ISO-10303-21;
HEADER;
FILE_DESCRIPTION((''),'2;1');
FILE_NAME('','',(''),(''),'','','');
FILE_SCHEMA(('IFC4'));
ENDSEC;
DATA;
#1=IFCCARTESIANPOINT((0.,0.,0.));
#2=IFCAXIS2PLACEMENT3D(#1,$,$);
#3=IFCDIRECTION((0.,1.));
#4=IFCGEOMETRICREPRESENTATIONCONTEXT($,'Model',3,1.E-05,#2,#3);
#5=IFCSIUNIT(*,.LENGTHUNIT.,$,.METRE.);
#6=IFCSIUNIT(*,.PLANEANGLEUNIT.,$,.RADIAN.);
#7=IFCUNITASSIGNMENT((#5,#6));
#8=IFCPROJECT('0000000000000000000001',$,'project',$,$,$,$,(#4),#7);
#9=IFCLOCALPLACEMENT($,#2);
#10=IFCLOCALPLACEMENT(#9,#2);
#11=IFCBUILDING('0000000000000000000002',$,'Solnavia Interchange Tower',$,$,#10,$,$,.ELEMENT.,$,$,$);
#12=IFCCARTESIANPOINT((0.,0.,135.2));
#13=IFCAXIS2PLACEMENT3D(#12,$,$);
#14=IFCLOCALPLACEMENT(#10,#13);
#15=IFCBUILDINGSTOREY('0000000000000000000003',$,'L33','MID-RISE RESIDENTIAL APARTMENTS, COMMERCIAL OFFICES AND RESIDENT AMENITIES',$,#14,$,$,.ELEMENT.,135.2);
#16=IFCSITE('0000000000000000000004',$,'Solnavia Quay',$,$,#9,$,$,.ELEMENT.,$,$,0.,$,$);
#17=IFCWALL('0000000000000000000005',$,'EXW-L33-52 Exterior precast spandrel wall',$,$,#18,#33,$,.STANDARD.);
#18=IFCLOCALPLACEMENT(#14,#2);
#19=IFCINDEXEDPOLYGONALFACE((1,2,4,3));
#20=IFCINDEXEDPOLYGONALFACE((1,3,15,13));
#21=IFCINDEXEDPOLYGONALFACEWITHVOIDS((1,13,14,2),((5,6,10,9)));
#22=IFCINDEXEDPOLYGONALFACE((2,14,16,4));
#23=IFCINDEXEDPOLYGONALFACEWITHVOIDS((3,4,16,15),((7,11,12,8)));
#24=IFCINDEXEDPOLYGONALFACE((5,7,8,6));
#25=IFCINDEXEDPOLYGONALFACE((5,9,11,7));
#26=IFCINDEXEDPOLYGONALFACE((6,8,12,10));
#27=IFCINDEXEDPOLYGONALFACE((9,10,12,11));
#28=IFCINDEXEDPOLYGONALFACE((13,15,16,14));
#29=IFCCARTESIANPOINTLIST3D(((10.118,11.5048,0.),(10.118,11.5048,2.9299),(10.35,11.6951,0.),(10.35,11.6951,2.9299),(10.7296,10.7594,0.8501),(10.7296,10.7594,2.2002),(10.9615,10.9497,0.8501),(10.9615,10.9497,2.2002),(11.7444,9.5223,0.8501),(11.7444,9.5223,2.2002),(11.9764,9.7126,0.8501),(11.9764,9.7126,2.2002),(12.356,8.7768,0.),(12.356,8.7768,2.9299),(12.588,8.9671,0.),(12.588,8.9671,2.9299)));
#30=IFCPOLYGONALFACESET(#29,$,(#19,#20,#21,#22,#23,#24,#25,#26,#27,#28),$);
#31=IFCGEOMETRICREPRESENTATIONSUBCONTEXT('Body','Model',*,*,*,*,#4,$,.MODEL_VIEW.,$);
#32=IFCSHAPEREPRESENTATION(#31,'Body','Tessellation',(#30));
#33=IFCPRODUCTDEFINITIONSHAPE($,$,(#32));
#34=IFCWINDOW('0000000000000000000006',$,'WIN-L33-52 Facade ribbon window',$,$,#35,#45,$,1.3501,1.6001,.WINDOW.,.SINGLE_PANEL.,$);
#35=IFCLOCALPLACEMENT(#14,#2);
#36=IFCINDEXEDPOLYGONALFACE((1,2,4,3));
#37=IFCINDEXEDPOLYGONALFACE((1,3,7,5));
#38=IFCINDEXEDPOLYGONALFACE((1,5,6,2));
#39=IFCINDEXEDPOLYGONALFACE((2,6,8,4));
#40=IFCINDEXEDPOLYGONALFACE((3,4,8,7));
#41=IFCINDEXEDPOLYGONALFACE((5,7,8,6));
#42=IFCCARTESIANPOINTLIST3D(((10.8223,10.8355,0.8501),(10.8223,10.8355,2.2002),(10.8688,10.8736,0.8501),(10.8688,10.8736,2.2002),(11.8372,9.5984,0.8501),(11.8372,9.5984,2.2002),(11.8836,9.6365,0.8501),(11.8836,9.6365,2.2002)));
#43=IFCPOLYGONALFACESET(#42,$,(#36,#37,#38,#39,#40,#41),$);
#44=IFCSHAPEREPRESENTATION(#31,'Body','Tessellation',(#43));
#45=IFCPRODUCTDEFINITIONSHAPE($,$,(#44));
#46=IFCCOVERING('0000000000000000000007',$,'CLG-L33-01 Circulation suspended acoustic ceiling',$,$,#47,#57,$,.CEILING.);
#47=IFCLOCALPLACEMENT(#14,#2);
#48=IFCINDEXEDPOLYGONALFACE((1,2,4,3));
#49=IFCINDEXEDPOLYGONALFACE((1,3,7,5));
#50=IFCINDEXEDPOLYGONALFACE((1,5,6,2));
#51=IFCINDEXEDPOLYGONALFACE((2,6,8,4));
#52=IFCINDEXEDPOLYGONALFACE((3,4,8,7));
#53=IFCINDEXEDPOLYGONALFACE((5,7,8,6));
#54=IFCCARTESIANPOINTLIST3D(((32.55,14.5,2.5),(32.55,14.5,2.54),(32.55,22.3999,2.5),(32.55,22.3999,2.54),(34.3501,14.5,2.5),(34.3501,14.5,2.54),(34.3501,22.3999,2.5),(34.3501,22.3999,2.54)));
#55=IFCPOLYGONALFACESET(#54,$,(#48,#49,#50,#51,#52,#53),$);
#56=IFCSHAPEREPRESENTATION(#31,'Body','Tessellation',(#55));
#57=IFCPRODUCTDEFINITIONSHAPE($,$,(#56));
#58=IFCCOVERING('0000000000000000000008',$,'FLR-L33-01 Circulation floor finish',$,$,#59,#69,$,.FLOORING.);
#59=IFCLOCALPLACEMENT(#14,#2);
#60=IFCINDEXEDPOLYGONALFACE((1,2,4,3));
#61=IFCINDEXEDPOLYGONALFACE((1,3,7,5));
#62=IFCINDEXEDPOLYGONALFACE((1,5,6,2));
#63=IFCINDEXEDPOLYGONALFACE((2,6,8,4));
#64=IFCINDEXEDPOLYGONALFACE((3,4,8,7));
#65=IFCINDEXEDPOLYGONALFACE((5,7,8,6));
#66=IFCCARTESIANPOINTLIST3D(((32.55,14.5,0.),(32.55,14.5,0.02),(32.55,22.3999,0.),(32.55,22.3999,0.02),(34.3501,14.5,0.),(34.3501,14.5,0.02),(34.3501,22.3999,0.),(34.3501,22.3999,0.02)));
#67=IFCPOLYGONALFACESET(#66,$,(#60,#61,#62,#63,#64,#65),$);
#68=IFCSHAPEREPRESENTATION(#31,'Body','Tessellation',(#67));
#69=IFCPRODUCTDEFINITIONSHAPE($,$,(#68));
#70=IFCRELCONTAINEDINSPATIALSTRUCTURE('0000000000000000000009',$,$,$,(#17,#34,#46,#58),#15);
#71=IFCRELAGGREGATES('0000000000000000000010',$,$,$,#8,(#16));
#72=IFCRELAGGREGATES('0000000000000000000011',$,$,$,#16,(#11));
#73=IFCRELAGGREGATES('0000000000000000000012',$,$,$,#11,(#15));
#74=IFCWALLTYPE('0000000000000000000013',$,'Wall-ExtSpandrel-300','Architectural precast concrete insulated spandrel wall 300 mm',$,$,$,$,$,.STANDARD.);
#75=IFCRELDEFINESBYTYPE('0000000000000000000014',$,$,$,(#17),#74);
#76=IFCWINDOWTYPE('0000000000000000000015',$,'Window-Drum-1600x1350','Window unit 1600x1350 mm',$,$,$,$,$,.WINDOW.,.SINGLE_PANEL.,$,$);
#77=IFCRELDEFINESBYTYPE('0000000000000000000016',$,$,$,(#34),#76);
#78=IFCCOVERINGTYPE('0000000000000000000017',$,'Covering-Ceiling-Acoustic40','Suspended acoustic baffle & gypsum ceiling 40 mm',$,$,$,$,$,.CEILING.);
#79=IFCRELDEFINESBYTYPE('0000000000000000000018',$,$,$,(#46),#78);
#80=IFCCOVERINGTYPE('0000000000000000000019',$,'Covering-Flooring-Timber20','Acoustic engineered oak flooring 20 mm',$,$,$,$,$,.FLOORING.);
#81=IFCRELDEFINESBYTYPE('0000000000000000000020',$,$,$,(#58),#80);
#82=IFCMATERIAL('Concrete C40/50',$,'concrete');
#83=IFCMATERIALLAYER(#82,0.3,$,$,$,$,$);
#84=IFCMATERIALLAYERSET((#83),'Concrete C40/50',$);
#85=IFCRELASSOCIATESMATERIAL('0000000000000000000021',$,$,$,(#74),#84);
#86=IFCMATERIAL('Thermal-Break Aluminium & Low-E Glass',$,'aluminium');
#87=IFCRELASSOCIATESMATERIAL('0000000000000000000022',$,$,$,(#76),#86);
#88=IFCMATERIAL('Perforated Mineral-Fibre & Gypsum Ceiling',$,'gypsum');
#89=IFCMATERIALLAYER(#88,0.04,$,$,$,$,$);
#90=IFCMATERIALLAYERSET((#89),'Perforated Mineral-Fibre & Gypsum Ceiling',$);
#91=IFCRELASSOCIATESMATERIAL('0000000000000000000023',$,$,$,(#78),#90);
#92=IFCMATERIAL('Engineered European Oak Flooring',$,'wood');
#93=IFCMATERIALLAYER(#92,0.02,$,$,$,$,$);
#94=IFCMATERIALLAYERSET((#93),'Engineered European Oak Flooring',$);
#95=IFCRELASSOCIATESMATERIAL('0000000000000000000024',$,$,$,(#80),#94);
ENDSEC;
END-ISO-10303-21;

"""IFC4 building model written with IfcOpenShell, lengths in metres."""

from ifc_helpers import new_model, si_unit, direction, frame, frame_2d, origin, place, context, subcontext, project, spatial, polyline, rectangle, outline, extrude, material, layer, layer_set, type_object, element, fill, save


model = new_model("IFC4")

# Units and contexts
model_context = context("Model", 3, precision=1e-05, world=origin(), true_north=direction((0.0, 1.0)))
body_context = subcontext(model_context, "Body", "Model", "MODEL_VIEW")
ifc_project = project(units=[si_unit("LENGTHUNIT", "METRE"), si_unit("PLANEANGLEUNIT", "RADIAN")], contexts=[model_context])

# Site, building, storey
site_placement = place(None, origin())
site = spatial("IfcSite", under=ifc_project, at=site_placement, Name="Solnavia Quay", CompositionType="ELEMENT", RefElevation=0.0)
building_placement = place(site_placement, origin())
building = spatial("IfcBuilding", under=site, at=building_placement, Name="Solnavia Interchange Tower", CompositionType="ELEMENT")
storey_placement = place(building_placement, frame((0.0, 0.0, 135.2)))
storey = spatial("IfcBuildingStorey", under=building, at=storey_placement, Name="L33", Description="MID-RISE RESIDENTIAL APARTMENTS, COMMERCIAL OFFICES AND RESIDENT AMENITIES", CompositionType="ELEMENT", Elevation=135.2)

# Shared definitions
ifc_material_1 = material(Name="Concrete C40/50", Category="concrete")

# Wall, opening, window
ifc_layer_1 = layer(ifc_material_1, 0.3)
ifc_layer_set_1 = layer_set([ifc_layer_1], Name="Concrete C40/50")
wall_type_1 = type_object("IfcWallType", Name="Wall-ExtSpandrel-300", Description="Architectural precast concrete insulated spandrel wall 300 mm", PredefinedType="STANDARD", material=ifc_layer_set_1)
wall_1_placement = place(storey_placement, frame((12.4719, 8.8721, 0.0), z_axis=(0.0, 0.0, 1.0), x_axis=(-0.634258, 0.773121, 0.0)))
wall_1 = element("IfcWall", 1, at=wall_1_placement, inside=storey, type_object=wall_type_1, Name="EXW-L33-52 Exterior precast spandrel wall", PredefinedType="STANDARD", context=body_context, shape_type="SweptSolid", body=[
    extrude(rectangle(XDim=3.5286, YDim=0.3, at=frame_2d((1.7642, 0.0))), origin(), (0.0, 0.0, 1.0), 2.9299),
])
opening_1_placement = place(wall_1_placement, frame((0.9641, 0.0, 0.8501)))
opening_1 = element("IfcOpeningElement", 2, at=opening_1_placement, cuts=wall_1, PredefinedType="OPENING", context=body_context, shape_type="SweptSolid", body=[
    extrude(rectangle(XDim=1.6001, YDim=1.3501, at=frame_2d((0.8, 0.675))), frame((0.0, 0.1602, 0.0), z_axis=(0.0, -1.0, 0.0), x_axis=(1.0, 0.0, 0.0)), (0.0, 0.0, 1.0), 0.3201),
])
ifc_material_2 = material(Name="Thermal-Break Aluminium & Low-E Glass", Category="aluminium")
window_type = type_object("IfcWindowType", Name="Window-Drum-1600x1350", Description="Window unit 1600x1350 mm", PartitioningType="SINGLE_PANEL", PredefinedType="WINDOW", material=ifc_material_2)
window_placement = place(opening_1_placement, origin())
window = element("IfcWindow", 3, at=window_placement, inside=storey, type_object=window_type, Name="WIN-L33-52 Facade ribbon window", OverallHeight=1.3501, OverallWidth=1.6001, PartitioningType="SINGLE_PANEL", PredefinedType="WINDOW", context=body_context, shape_type="SweptSolid", body=[
    extrude(rectangle(XDim=1.6001, YDim=1.3501, at=frame_2d((0.8, 0.675))), frame((0.0, 0.03, 0.0), z_axis=(0.0, -1.0, 0.0), x_axis=(1.0, 0.0, 0.0)), (0.0, 0.0, 1.0), 0.0601),
])
fill(opening_1, window)

# Coverings
ifc_material_3 = material(Name="Perforated Mineral-Fibre & Gypsum Ceiling", Category="gypsum")
ifc_layer_2 = layer(ifc_material_3, 0.04)
ifc_layer_set_2 = layer_set([ifc_layer_2], Name="Perforated Mineral-Fibre & Gypsum Ceiling")
covering_type_1 = type_object("IfcCoveringType", Name="Covering-Ceiling-Acoustic40", Description="Suspended acoustic baffle & gypsum ceiling 40 mm", PredefinedType="CEILING", material=ifc_layer_set_2)
covering_1_placement = place(storey_placement, frame((0.0, 0.0, 2.5)))
element("IfcCovering", 4, at=covering_1_placement, inside=storey, type_object=covering_type_1, Name="CLG-L33-01 Circulation suspended acoustic ceiling", PredefinedType="CEILING", context=body_context, shape_type="SweptSolid", body=[
    extrude(outline(polyline([(32.55, 14.5), (34.3501, 14.5), (34.3501, 22.3999), (32.55, 22.3999), (32.55, 14.5)])), origin(), (0.0, 0.0, 1.0), 0.04),
])
ifc_material_4 = material(Name="Engineered European Oak Flooring", Category="wood")
ifc_layer_3 = layer(ifc_material_4, 0.02)
ifc_layer_set_3 = layer_set([ifc_layer_3], Name="Engineered European Oak Flooring")
covering_type_2 = type_object("IfcCoveringType", Name="Covering-Flooring-Timber20", Description="Acoustic engineered oak flooring 20 mm", PredefinedType="FLOORING", material=ifc_layer_set_3)
covering_2_placement = place(storey_placement, origin())
element("IfcCovering", 5, at=covering_2_placement, inside=storey, type_object=covering_type_2, Name="FLR-L33-01 Circulation floor finish", PredefinedType="FLOORING", context=body_context, shape_type="SweptSolid", body=[
    extrude(outline(polyline([(32.55, 14.5), (34.3501, 14.5), (34.3501, 22.3999), (32.55, 22.3999), (32.55, 14.5)])), origin(), (0.0, 0.0, 1.0), 0.02),
])

save(model, "model.ifc")
